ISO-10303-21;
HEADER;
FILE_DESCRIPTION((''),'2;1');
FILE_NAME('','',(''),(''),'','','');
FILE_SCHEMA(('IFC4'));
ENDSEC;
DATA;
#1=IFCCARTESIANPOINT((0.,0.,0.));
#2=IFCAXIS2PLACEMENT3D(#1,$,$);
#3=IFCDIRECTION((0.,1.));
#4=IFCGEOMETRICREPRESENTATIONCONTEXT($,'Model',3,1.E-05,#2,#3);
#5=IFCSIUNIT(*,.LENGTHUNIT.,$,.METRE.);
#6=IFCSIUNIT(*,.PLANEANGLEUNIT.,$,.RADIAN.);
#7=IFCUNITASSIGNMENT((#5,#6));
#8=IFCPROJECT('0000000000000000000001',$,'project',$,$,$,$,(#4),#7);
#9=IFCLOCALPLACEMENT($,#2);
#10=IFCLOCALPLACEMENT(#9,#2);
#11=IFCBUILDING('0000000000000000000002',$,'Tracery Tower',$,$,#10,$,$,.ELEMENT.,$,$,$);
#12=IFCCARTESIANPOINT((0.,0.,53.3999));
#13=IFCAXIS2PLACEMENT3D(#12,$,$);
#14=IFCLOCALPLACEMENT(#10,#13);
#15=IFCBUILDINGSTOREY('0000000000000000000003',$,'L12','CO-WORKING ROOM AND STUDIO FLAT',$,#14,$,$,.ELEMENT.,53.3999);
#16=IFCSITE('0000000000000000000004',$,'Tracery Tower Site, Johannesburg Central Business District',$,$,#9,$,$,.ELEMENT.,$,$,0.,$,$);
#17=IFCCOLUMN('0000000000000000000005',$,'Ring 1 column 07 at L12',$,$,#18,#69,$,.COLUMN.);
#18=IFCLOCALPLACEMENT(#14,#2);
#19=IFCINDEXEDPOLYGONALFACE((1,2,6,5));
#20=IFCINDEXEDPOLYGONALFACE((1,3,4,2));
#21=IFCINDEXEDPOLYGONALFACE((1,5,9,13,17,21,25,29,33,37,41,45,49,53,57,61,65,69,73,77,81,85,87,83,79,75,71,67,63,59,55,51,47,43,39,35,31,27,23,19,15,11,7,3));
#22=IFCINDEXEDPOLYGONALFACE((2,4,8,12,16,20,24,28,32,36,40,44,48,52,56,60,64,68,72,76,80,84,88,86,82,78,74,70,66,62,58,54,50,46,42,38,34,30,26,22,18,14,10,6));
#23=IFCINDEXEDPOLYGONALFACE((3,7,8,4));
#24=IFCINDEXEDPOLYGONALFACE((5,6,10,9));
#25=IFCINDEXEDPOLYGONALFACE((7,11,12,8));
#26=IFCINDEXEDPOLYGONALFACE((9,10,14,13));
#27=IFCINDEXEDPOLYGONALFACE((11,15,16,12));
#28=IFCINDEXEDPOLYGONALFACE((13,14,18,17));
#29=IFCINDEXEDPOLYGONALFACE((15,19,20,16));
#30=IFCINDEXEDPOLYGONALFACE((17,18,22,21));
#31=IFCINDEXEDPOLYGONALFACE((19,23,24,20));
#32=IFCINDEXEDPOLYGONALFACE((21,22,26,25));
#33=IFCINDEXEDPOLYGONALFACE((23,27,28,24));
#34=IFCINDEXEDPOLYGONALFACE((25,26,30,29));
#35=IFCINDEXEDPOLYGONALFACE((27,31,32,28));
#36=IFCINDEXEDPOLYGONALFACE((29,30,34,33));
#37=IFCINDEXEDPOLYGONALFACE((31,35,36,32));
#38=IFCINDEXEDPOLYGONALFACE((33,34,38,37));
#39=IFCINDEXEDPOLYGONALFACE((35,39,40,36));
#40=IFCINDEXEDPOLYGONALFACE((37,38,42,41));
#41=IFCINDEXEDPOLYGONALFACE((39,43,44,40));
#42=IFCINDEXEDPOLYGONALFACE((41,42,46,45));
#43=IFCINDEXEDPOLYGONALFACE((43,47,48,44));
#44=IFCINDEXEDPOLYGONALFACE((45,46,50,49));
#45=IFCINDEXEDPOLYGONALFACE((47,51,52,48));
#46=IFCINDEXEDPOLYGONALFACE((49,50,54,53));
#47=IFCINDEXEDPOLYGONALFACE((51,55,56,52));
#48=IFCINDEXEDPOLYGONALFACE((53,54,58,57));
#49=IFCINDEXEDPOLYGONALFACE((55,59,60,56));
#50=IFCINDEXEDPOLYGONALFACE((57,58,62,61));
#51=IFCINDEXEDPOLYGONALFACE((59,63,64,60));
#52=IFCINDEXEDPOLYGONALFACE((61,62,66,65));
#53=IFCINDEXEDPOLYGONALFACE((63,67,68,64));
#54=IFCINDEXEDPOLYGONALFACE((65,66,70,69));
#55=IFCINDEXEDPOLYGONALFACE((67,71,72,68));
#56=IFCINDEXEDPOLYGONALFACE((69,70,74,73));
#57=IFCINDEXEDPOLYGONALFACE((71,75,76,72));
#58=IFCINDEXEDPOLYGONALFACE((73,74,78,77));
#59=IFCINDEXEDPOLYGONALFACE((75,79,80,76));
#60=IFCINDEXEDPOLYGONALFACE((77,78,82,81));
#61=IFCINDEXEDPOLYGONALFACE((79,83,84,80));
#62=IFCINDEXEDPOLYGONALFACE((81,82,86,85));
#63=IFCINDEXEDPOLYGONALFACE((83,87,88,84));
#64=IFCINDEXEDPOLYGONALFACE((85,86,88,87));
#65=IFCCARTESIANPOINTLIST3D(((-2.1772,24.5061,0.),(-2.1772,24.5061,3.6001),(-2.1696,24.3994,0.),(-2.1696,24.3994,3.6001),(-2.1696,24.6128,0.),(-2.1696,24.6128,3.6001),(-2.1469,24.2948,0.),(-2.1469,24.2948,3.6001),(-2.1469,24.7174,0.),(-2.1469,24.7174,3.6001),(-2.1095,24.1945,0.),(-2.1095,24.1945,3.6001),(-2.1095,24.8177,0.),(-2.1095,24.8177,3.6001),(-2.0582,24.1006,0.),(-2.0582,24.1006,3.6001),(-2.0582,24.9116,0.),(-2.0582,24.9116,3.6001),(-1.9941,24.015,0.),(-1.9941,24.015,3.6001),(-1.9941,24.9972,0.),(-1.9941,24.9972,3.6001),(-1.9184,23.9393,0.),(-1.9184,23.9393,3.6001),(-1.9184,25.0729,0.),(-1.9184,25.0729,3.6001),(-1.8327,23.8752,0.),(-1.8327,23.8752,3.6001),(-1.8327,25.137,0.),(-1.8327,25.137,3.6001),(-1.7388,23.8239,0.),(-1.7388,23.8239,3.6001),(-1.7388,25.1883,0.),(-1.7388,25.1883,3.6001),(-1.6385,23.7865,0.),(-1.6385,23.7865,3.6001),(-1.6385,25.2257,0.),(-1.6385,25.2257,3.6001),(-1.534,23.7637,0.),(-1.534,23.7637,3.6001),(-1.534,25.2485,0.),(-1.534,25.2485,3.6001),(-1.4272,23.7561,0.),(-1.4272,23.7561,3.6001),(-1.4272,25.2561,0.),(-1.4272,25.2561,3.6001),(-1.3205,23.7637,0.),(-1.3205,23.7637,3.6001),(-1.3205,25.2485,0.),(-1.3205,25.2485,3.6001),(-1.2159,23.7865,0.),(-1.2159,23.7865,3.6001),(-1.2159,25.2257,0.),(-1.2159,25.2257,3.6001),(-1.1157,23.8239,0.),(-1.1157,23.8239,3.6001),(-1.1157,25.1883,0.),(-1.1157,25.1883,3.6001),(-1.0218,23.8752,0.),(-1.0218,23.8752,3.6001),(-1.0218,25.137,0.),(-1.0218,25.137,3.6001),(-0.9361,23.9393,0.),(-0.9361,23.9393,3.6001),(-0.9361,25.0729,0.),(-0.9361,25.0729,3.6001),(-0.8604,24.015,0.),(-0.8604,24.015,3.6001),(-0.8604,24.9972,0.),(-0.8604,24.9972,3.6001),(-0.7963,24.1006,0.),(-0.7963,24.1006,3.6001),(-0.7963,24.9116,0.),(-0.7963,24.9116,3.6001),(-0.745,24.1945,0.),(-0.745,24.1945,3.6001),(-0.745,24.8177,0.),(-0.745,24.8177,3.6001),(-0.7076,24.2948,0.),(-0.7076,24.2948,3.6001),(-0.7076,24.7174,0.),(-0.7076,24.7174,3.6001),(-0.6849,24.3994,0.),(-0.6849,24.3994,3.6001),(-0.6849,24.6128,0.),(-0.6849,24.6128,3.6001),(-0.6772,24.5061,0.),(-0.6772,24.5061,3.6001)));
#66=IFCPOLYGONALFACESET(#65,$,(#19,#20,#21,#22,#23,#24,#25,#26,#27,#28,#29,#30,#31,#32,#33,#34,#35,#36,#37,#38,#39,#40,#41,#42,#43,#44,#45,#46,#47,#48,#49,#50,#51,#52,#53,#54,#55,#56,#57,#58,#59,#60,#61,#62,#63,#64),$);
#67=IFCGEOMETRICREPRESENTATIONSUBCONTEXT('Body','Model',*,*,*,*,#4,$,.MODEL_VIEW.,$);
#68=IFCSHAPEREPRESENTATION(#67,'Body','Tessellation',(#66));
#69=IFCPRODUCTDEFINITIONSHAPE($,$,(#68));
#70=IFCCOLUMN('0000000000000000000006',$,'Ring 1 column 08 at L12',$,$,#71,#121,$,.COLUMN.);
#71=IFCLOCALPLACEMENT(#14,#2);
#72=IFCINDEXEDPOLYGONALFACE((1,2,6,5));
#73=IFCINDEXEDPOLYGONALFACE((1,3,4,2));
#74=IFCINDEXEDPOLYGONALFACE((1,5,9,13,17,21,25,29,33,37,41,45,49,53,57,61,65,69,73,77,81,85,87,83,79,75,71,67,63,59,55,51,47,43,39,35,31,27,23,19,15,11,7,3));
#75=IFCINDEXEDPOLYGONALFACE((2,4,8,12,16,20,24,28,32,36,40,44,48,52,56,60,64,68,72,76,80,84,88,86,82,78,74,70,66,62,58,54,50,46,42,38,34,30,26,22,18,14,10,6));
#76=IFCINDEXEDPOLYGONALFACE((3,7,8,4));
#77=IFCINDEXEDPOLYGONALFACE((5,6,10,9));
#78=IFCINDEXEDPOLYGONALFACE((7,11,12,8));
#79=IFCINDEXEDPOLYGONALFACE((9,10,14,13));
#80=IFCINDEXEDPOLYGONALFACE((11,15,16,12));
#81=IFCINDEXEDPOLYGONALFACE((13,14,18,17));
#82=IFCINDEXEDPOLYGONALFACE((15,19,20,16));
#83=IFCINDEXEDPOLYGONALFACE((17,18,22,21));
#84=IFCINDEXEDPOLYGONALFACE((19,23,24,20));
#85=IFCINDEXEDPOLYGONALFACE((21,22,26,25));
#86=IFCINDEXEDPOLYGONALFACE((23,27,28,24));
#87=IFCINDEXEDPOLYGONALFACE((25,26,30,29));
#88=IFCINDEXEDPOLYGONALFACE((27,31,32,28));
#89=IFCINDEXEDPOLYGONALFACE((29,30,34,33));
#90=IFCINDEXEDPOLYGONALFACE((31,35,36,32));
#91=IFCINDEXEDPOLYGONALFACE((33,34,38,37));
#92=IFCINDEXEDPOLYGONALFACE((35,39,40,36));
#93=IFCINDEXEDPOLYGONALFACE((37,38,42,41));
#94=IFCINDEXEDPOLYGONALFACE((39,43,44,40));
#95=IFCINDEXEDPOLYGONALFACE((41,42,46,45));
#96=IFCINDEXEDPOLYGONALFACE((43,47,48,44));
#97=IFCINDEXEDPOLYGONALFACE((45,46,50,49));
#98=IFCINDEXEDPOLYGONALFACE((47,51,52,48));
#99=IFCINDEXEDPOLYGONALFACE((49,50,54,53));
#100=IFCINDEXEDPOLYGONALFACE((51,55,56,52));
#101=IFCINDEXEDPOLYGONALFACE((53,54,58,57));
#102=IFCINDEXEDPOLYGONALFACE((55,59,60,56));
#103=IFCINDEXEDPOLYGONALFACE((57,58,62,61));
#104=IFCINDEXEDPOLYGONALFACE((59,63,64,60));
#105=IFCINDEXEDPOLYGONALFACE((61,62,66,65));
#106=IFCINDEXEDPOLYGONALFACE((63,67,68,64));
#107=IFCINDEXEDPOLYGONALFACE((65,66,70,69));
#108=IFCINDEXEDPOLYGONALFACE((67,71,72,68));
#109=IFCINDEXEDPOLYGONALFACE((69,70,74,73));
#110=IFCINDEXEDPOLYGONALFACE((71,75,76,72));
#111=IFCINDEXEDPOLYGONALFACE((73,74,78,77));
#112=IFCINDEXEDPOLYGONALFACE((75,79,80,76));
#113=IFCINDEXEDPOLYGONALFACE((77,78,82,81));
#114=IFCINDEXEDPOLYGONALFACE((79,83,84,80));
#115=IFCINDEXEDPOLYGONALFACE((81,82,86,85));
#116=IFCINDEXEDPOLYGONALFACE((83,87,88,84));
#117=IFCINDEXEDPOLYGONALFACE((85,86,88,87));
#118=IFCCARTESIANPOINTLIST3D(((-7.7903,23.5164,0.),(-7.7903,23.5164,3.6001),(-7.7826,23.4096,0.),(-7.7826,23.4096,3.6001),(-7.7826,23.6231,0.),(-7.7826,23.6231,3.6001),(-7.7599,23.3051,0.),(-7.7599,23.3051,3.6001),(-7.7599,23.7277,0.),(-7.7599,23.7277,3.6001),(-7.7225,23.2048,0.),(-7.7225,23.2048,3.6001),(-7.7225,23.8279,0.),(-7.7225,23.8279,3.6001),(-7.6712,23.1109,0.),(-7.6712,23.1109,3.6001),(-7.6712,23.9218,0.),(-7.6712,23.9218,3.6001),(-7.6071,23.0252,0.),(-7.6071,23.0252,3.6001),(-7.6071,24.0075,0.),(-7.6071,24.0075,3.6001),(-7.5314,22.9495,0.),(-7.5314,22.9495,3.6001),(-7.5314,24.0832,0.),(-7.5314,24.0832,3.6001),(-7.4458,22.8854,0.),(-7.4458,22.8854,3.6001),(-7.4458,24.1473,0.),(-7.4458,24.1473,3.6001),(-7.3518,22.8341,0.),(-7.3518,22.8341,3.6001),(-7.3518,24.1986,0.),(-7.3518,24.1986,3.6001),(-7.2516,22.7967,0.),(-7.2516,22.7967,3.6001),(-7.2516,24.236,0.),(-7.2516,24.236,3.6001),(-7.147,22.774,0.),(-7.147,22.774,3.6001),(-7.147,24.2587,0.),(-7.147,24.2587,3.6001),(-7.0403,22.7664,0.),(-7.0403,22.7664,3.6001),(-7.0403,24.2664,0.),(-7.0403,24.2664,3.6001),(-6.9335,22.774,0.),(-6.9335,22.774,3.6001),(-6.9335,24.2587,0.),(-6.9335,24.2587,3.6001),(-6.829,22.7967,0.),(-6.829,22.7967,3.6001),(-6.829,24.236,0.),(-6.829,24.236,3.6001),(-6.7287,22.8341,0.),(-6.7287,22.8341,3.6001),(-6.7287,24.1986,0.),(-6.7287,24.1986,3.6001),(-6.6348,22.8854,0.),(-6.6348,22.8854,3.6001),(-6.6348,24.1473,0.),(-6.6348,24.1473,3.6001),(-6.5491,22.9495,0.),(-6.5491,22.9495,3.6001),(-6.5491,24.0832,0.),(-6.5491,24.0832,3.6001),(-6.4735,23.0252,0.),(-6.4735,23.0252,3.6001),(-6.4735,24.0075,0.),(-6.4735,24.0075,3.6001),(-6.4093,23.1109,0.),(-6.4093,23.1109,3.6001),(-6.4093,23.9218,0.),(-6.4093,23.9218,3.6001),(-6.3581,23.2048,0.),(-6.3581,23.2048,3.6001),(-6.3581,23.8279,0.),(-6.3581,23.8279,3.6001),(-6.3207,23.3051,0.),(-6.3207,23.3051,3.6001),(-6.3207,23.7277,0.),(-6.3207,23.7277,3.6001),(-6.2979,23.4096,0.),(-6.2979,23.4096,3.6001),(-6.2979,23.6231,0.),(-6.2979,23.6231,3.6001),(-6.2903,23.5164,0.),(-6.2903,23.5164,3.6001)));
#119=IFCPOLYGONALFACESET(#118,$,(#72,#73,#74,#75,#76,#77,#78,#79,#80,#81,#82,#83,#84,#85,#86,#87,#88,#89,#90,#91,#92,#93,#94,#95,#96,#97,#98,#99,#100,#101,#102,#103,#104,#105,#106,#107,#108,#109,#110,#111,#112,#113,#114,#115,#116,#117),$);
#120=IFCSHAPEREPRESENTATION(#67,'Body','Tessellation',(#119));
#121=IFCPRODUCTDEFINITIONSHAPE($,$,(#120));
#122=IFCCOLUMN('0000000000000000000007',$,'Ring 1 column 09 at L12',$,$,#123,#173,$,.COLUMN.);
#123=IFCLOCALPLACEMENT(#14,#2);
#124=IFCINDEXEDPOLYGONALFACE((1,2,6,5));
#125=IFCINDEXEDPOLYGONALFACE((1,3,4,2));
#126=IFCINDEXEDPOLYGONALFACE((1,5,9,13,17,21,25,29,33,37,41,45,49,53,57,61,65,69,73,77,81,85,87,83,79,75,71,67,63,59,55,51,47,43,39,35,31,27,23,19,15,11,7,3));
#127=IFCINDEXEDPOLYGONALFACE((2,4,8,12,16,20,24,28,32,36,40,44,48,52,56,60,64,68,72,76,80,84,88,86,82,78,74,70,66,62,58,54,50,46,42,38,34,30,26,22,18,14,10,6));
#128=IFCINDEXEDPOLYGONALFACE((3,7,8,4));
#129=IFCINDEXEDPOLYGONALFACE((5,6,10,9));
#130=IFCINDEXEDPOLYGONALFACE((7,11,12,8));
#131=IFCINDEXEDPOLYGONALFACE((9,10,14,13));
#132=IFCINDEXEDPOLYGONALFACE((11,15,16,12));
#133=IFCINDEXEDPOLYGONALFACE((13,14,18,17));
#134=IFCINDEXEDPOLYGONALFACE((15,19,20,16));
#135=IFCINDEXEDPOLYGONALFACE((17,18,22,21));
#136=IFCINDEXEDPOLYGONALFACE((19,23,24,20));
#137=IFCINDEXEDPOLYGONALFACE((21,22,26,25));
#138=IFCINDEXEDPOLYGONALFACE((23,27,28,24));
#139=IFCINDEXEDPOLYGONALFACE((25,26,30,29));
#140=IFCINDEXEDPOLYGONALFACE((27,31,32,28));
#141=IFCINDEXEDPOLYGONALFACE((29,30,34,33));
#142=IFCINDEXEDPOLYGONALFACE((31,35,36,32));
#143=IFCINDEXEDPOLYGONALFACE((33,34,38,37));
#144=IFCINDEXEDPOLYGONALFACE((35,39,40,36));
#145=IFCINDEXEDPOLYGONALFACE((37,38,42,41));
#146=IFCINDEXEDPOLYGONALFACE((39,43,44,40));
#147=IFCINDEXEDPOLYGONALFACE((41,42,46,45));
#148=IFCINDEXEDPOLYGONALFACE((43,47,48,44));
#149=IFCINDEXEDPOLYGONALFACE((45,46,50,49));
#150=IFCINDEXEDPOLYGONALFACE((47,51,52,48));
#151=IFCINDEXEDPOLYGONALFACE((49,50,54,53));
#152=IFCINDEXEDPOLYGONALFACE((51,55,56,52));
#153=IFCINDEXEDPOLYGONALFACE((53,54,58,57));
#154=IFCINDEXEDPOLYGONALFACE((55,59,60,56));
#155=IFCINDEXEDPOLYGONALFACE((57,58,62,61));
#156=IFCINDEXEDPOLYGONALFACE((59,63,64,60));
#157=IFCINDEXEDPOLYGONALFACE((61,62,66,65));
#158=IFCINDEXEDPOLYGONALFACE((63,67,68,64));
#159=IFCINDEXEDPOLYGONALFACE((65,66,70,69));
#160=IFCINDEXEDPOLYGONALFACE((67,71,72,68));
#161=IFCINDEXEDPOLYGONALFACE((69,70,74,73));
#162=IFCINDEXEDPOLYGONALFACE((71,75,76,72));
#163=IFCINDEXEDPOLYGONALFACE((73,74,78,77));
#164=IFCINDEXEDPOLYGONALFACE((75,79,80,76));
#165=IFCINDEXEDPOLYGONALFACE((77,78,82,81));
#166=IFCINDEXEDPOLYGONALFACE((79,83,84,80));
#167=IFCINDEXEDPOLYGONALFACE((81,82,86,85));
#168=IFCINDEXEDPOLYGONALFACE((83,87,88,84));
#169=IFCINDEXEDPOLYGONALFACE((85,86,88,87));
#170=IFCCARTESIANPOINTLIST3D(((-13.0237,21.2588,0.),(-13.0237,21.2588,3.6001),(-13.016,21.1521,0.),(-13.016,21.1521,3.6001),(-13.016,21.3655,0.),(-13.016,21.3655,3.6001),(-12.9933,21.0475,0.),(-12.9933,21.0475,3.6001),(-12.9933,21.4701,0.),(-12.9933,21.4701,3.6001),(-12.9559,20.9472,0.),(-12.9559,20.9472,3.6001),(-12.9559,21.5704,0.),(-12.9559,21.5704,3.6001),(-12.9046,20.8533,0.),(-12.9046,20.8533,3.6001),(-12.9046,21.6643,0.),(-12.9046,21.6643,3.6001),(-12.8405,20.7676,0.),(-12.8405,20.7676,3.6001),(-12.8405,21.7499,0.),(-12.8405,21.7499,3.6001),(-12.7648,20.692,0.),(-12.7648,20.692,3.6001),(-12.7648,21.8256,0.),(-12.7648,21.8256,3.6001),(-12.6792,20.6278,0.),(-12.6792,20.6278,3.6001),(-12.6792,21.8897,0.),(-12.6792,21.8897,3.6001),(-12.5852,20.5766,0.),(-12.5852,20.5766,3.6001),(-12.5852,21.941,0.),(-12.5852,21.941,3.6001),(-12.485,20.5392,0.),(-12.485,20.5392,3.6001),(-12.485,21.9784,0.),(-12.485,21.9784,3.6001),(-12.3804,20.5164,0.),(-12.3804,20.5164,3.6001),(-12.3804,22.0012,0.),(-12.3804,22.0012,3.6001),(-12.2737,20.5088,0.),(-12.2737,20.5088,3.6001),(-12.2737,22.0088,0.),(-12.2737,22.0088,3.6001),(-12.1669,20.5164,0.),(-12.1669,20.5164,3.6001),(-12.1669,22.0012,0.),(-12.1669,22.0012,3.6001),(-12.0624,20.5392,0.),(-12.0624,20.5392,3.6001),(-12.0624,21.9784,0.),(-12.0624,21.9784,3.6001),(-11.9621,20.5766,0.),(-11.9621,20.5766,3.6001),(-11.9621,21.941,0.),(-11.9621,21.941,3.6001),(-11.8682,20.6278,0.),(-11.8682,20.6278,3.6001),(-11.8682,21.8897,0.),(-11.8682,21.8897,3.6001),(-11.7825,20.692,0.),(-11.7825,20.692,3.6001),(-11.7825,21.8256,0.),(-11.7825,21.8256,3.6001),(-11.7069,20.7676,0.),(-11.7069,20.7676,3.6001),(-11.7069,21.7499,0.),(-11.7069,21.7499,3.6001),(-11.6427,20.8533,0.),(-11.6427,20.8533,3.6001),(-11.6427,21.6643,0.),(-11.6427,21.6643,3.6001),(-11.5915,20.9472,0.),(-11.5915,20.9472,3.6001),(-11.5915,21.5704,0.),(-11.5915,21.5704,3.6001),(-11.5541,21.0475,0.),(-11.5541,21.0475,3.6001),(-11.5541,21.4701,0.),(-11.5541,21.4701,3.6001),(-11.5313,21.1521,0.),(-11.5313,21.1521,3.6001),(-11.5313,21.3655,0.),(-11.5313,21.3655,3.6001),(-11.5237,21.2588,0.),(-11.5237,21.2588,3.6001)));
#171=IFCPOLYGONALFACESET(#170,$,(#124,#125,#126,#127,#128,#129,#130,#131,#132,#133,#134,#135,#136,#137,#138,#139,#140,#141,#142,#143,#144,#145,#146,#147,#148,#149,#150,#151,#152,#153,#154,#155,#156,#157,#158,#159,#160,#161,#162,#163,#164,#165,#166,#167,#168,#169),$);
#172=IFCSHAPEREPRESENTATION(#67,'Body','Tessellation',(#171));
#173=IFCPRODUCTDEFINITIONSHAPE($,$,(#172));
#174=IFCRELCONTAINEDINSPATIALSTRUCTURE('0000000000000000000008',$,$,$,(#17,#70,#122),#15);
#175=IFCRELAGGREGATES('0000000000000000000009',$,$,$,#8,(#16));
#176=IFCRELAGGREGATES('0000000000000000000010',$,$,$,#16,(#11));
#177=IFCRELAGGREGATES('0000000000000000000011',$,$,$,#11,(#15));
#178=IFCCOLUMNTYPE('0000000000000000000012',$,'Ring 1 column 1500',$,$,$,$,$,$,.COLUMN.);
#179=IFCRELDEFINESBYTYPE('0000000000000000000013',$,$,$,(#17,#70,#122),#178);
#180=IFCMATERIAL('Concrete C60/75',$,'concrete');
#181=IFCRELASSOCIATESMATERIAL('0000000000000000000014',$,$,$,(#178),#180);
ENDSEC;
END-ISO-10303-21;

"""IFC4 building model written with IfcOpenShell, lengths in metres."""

from ifc_helpers import new_model, si_unit, direction, frame, origin, origin_2d, place, context, subcontext, project, spatial, circle, extrude, material, material_profile, profile_set, type_object, element, save


model = new_model("IFC4")

# Units and contexts
model_context = context("Model", 3, precision=1e-05, world=origin(), true_north=direction((0.0, 1.0)))
body_context = subcontext(model_context, "Body", "Model", "MODEL_VIEW")
ifc_project = project(units=[si_unit("LENGTHUNIT", "METRE"), si_unit("PLANEANGLEUNIT", "RADIAN")], contexts=[model_context])

# Site, building, storey
site_placement = place(None, origin())
site = spatial("IfcSite", under=ifc_project, at=site_placement, Name="Tracery Tower Site, Johannesburg Central Business District", CompositionType="ELEMENT", RefElevation=0.0)
building_placement = place(site_placement, origin())
building = spatial("IfcBuilding", under=site, at=building_placement, Name="Tracery Tower", CompositionType="ELEMENT")
storey_placement = place(building_placement, frame((0.0, 0.0, 53.3999)))
storey = spatial("IfcBuildingStorey", under=building, at=storey_placement, Name="L12", Description="CO-WORKING ROOM AND STUDIO FLAT", CompositionType="ELEMENT", Elevation=53.3999)

# Columns
ifc_material_1 = material(Name="Concrete C60/75", Category="concrete")
ifc_material_profile_1 = material_profile(ifc_material_1, circle(Radius=0.75, at=origin_2d()), Name="RC D1500")
ifc_profile_set_1 = profile_set([ifc_material_profile_1], Name="Concrete C60/75")
column_type_1 = type_object("IfcColumnType", Name="Ring 1 column 1500", PredefinedType="COLUMN", material=ifc_profile_set_1)
for number, where, z_axis, x_axis, name in (
    (1, (-1.4272, 24.5061, 0.0), (0.0, 0.0, 1.0), (1.0, 0.0, 0.0), "Ring 1 column 07 at L12"),
    (2, (-7.0403, 23.5164, 0.0), (0.0, 0.0, 1.0), (1.0, 0.0, 0.0), "Ring 1 column 08 at L12"),
    (3, (-12.2737, 21.2588, 0.0), (0.0, 0.0, 1.0), (1.0, 0.0, 0.0), "Ring 1 column 09 at L12"),
):
    element("IfcColumn", number, at=place(storey_placement, frame(where, z_axis=z_axis, x_axis=x_axis)), inside=storey, type_object=column_type_1, Name=name, PredefinedType="COLUMN", context=body_context, shape_type="SweptSolid", body=[
        extrude(circle(Radius=0.75, at=origin_2d()), origin(), (0.0, 0.0, 1.0), 3.6001),
    ])

save(model, "model.ifc")
